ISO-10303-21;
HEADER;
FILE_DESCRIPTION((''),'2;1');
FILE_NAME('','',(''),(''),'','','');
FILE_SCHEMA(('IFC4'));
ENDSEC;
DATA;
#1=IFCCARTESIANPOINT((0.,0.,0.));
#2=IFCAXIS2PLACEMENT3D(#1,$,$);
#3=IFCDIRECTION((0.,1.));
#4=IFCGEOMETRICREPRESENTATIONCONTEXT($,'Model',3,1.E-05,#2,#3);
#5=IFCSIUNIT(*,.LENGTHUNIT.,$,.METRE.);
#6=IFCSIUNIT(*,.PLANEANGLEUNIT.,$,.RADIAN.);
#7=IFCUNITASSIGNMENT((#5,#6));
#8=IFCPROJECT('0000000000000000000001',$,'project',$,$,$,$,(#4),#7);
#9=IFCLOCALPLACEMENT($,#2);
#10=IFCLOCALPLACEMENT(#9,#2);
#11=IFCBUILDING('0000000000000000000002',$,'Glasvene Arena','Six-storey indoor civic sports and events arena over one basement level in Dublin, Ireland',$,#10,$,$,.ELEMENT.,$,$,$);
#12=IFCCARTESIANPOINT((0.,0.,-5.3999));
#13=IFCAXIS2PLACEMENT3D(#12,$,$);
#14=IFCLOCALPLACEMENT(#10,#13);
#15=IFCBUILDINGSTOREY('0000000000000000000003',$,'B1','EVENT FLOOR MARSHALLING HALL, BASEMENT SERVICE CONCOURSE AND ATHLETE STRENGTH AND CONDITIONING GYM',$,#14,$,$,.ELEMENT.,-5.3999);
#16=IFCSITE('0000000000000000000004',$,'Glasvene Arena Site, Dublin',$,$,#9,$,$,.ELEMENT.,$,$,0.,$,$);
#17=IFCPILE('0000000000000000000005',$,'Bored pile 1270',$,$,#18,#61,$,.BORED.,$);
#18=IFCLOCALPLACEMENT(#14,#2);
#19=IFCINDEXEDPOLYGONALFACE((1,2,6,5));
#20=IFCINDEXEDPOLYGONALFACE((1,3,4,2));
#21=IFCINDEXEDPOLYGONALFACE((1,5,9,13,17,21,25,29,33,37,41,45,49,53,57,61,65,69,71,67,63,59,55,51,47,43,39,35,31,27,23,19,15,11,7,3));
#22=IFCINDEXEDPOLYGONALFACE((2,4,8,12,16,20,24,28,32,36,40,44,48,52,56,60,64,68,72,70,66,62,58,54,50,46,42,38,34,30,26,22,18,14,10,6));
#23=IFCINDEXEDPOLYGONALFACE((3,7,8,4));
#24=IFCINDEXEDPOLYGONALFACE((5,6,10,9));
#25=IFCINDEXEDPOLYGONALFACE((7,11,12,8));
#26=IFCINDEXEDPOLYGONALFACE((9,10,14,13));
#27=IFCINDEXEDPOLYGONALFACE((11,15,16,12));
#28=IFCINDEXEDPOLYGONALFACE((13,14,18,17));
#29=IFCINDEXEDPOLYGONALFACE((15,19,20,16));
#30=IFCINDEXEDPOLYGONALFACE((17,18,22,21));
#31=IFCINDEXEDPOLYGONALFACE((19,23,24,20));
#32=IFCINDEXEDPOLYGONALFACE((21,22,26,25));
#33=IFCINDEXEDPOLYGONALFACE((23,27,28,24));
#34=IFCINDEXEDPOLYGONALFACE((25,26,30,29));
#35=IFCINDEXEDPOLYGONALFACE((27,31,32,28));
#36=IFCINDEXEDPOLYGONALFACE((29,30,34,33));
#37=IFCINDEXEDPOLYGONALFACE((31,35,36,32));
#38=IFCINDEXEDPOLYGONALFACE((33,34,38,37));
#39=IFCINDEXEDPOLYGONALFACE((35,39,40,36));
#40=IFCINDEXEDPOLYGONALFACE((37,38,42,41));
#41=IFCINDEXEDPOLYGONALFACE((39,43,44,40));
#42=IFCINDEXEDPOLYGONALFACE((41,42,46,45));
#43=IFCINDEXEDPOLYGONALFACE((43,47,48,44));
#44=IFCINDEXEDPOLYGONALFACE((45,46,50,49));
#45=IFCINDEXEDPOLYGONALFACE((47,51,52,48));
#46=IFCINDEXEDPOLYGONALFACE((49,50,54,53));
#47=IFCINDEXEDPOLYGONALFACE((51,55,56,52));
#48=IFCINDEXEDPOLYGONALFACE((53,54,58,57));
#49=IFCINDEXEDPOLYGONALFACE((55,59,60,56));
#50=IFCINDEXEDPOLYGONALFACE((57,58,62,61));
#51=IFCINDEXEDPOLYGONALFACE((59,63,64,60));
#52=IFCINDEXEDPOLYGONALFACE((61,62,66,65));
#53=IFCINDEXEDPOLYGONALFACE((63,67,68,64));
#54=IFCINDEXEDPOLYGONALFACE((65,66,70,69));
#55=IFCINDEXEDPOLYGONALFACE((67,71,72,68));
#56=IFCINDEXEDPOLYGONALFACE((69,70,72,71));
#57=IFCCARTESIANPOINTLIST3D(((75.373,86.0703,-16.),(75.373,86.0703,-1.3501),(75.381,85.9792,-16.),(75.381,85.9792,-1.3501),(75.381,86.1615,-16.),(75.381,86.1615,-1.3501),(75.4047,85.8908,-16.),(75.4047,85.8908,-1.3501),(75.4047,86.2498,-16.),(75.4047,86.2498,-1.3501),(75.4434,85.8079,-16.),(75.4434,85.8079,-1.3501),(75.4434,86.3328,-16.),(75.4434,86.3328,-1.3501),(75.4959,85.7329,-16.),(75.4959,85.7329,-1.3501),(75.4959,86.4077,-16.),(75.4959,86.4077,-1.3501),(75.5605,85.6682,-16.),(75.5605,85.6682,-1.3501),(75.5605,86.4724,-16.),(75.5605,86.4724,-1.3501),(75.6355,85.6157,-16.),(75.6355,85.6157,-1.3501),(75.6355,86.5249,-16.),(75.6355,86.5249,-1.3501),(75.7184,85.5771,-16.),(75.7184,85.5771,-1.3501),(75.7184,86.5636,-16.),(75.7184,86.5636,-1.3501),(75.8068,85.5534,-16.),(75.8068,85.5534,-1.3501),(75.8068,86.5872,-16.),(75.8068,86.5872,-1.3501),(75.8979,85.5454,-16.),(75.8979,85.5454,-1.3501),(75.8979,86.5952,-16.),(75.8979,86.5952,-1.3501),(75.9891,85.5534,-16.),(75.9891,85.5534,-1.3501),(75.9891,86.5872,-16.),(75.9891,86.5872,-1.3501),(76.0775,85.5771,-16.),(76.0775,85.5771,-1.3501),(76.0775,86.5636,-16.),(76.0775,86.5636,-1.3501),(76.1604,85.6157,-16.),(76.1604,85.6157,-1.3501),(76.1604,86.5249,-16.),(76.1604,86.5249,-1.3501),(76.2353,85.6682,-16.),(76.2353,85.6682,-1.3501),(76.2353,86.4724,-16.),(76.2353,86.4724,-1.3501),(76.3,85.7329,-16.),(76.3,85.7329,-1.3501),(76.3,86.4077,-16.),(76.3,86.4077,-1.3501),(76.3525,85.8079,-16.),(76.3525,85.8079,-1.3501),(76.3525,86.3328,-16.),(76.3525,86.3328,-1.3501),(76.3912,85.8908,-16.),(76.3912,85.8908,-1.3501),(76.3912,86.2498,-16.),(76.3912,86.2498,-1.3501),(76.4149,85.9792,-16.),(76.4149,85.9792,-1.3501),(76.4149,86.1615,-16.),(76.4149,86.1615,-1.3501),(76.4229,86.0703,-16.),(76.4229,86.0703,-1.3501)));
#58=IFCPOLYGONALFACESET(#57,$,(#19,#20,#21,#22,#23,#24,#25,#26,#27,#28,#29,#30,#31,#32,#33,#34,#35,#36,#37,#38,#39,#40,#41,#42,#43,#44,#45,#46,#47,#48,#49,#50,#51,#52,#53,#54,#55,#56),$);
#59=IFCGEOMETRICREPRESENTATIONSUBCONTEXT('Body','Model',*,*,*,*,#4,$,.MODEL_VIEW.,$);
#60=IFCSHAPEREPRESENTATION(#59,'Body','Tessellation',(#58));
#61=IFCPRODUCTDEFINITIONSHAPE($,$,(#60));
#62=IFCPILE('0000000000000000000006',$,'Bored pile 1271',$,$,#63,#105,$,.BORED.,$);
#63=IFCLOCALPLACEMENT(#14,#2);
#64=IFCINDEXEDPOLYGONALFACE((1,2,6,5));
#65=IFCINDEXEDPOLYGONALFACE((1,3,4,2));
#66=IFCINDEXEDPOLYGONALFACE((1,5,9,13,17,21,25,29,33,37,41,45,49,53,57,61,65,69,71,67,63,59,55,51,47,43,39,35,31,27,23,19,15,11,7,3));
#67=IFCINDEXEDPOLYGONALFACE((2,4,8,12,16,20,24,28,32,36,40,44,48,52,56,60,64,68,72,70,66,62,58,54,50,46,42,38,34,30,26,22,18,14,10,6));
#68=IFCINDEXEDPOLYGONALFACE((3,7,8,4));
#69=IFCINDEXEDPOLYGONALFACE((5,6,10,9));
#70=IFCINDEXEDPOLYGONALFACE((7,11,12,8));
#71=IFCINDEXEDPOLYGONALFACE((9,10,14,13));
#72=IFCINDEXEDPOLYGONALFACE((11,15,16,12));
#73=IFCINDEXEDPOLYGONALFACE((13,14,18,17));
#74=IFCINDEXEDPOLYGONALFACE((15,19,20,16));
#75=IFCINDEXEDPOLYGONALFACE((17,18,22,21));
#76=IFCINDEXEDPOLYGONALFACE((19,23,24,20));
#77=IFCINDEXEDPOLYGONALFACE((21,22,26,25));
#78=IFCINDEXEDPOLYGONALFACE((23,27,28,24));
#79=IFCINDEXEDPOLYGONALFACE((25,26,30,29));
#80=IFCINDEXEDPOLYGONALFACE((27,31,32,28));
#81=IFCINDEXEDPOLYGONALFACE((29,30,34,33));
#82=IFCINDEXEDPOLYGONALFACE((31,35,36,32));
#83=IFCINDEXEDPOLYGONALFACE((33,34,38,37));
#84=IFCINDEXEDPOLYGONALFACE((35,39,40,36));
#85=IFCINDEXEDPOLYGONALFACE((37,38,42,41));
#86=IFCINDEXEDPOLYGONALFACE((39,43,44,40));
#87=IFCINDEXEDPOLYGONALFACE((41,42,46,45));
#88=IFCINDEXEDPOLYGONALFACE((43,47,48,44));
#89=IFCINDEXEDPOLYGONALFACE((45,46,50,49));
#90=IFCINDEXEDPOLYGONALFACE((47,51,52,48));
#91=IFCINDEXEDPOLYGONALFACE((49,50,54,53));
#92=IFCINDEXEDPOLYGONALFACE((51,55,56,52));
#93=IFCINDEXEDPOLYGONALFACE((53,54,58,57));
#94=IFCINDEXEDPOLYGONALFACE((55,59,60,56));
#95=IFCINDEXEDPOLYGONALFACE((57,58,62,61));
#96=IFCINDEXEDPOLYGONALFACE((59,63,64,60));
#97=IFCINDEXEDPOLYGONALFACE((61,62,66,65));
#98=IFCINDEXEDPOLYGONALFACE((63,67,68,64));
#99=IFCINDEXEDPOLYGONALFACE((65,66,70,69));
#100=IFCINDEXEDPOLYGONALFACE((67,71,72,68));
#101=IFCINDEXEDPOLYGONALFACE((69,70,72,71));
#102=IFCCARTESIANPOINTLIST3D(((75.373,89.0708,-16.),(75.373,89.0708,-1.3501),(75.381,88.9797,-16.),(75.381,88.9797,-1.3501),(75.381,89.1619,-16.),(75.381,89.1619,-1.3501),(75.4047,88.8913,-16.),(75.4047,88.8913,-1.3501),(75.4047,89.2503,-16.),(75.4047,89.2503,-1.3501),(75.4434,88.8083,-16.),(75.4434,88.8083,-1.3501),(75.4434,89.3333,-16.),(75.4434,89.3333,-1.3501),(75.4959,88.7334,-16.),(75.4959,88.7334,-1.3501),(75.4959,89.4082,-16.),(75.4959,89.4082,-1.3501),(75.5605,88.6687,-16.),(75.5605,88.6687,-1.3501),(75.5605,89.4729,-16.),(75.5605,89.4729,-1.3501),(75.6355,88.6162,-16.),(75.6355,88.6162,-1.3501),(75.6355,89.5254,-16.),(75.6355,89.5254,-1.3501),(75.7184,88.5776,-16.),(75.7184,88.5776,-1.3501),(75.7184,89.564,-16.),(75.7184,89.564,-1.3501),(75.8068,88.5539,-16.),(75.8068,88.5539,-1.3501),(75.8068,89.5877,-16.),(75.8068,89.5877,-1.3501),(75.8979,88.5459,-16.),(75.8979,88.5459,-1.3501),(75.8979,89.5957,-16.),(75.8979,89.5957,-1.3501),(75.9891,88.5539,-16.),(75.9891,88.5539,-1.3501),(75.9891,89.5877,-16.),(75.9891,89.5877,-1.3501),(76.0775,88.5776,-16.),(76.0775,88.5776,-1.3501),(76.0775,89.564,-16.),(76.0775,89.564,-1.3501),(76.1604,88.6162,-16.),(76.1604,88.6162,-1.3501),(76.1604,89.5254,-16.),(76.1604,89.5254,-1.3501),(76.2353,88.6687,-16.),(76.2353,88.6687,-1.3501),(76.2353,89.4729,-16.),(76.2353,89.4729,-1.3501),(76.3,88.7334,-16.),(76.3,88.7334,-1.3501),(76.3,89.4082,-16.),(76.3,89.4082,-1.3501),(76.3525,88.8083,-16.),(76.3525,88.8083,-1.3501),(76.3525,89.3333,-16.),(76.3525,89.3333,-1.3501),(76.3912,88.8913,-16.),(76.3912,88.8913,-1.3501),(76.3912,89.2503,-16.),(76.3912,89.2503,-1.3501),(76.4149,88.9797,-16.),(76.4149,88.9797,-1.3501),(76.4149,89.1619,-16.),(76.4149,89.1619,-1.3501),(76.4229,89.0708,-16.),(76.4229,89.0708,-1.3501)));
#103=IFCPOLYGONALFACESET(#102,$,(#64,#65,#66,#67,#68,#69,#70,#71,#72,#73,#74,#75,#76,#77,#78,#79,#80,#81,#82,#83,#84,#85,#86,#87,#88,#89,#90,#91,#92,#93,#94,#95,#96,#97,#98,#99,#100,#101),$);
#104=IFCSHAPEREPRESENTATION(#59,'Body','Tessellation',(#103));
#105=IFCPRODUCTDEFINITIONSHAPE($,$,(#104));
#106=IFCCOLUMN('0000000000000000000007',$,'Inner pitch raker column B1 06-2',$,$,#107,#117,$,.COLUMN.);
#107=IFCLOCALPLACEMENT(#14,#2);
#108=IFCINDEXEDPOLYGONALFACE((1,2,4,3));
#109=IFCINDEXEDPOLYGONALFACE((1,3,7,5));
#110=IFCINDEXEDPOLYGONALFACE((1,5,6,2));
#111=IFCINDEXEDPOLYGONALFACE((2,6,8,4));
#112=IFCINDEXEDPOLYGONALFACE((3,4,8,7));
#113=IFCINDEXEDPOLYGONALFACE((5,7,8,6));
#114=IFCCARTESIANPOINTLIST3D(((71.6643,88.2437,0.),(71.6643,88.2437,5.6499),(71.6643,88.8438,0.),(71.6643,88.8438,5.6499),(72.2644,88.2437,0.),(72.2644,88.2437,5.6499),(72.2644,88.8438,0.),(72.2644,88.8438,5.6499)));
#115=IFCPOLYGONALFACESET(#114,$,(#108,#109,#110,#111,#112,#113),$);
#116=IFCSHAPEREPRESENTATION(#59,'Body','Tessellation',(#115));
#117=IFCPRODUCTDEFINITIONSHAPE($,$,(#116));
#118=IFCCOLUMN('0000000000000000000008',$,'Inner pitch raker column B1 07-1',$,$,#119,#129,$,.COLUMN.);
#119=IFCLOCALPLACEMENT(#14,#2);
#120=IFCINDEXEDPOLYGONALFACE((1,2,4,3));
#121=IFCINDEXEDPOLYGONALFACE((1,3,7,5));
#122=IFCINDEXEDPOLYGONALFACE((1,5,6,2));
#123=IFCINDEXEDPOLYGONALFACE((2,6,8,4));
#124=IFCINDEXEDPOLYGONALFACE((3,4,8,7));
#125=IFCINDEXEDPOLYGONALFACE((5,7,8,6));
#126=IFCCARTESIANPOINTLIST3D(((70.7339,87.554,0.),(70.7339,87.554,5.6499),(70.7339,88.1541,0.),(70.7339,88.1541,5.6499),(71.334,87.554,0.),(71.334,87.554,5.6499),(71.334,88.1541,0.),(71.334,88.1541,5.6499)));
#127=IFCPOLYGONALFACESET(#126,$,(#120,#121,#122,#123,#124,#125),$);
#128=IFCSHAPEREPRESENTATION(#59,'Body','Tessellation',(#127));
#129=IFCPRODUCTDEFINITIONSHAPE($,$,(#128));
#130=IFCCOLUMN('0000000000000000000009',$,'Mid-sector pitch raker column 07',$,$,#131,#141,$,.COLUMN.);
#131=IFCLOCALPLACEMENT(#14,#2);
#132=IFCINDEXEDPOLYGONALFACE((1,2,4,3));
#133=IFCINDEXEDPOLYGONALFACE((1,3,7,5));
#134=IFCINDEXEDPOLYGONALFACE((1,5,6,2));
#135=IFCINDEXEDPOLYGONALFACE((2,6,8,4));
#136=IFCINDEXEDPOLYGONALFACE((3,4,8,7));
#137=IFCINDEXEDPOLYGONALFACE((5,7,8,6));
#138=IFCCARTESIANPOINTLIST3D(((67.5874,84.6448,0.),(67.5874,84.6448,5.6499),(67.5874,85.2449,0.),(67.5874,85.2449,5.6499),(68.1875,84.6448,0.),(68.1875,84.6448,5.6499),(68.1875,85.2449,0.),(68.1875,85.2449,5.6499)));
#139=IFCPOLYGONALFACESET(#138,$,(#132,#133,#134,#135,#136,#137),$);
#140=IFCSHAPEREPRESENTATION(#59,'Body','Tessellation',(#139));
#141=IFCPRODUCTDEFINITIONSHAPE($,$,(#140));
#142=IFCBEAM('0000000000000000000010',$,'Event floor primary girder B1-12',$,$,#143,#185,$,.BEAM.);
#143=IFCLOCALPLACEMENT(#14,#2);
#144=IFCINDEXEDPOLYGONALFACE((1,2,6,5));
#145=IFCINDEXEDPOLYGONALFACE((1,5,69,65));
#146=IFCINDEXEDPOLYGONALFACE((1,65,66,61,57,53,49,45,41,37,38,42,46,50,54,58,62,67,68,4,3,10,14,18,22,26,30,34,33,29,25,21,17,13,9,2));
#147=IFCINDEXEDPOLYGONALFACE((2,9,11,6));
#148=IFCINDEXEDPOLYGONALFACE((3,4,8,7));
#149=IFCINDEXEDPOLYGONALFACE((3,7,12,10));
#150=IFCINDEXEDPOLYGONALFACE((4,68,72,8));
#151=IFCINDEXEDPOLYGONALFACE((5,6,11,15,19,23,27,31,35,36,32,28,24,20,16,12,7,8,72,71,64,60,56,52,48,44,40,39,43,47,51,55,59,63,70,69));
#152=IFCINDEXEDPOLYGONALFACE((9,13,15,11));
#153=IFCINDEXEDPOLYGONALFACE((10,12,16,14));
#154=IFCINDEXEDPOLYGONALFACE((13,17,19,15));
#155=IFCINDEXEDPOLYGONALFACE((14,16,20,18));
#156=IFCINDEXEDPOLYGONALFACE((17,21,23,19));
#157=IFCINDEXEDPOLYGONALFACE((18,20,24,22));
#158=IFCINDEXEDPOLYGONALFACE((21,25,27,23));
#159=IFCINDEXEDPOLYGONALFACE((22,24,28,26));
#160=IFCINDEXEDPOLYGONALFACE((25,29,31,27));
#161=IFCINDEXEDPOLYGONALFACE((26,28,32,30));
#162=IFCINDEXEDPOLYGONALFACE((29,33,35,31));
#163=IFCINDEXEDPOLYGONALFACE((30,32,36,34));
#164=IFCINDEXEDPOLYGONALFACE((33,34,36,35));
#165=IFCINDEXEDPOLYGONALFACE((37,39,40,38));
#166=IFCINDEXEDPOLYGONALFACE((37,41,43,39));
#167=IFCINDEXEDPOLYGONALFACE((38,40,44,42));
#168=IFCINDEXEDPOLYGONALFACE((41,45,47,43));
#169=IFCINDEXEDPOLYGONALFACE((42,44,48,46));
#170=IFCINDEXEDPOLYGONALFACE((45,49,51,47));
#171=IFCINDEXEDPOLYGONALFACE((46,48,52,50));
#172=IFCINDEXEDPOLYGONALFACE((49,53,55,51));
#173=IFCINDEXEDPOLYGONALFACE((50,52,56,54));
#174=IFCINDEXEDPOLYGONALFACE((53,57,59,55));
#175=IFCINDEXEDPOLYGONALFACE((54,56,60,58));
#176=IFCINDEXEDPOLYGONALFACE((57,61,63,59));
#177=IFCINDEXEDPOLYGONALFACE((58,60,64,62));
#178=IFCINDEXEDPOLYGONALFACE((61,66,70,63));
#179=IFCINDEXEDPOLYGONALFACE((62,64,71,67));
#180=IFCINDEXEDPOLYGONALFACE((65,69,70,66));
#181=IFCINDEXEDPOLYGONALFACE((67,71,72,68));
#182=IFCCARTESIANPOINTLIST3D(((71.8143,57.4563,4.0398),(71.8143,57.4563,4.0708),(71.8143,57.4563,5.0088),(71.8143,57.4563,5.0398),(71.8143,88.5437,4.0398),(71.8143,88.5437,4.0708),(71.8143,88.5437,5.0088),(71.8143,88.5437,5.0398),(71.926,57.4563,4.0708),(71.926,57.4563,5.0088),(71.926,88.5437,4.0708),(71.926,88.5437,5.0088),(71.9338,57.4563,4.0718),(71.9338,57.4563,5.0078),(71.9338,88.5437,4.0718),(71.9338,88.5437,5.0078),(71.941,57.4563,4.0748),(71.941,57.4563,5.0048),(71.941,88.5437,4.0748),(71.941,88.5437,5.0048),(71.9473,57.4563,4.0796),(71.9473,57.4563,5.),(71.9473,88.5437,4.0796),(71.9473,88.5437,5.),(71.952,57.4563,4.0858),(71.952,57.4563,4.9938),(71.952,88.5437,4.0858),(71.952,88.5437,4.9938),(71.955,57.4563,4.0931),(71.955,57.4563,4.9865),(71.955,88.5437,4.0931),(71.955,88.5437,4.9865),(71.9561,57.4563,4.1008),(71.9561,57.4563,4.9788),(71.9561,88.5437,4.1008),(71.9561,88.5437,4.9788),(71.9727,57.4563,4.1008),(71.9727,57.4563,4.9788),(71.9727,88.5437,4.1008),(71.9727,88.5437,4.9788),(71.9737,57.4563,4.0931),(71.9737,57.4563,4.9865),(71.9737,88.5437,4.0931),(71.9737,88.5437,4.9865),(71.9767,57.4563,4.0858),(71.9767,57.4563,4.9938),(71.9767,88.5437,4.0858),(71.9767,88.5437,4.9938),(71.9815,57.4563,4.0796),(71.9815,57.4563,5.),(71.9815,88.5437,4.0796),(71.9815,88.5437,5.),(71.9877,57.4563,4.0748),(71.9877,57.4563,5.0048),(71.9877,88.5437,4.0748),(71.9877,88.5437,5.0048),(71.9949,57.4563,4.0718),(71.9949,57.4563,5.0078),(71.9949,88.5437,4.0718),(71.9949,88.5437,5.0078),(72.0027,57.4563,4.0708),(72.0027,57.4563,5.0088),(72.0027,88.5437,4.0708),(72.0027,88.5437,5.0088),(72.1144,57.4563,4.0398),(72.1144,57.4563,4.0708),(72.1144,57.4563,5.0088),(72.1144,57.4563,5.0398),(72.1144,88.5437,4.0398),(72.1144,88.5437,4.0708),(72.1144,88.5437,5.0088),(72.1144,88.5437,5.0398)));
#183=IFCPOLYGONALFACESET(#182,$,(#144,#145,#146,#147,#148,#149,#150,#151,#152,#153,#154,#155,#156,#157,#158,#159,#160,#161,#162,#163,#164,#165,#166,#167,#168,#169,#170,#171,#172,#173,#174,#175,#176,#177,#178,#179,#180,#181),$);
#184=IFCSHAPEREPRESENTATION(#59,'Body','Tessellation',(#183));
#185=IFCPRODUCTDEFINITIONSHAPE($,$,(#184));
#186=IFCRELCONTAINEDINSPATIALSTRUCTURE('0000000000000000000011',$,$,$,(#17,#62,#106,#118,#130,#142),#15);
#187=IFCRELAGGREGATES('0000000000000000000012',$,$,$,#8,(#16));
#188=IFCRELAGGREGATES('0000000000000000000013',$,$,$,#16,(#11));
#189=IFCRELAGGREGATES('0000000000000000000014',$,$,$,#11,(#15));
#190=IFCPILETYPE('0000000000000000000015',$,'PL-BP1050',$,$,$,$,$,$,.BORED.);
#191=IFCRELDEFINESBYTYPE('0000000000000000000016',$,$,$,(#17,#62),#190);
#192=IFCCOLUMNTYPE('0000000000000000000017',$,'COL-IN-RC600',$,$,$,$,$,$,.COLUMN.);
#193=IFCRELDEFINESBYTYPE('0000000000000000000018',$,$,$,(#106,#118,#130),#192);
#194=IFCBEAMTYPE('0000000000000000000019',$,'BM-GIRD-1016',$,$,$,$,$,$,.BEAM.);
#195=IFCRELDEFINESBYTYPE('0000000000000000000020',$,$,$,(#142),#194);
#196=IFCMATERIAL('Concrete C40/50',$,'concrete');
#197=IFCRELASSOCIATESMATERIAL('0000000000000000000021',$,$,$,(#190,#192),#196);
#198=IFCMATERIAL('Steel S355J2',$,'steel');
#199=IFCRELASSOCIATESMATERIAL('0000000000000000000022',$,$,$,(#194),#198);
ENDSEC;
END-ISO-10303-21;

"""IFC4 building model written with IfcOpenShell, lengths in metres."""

from ifc_helpers import new_model, si_unit, direction, frame, origin, origin_2d, place, context, subcontext, project, spatial, rectangle, circle, i_section, extrude, material, material_profile, profile_set, type_object, element, save


model = new_model("IFC4")

# Units and contexts
model_context = context("Model", 3, precision=1e-05, world=origin(), true_north=direction((0.0, 1.0)))
body_context = subcontext(model_context, "Body", "Model", "MODEL_VIEW")
ifc_project = project(units=[si_unit("LENGTHUNIT", "METRE"), si_unit("PLANEANGLEUNIT", "RADIAN")], contexts=[model_context])

# Site, building, storey
site_placement = place(None, origin())
site = spatial("IfcSite", under=ifc_project, at=site_placement, Name="Glasvene Arena Site, Dublin", CompositionType="ELEMENT", RefElevation=0.0)
building_placement = place(site_placement, origin())
building = spatial("IfcBuilding", under=site, at=building_placement, Name="Glasvene Arena", Description="Six-storey indoor civic sports and events arena over one basement level in Dublin, Ireland", CompositionType="ELEMENT")
storey_placement = place(building_placement, frame((0.0, 0.0, -5.3999)))
storey = spatial("IfcBuildingStorey", under=building, at=storey_placement, Name="B1", Description="EVENT FLOOR MARSHALLING HALL, BASEMENT SERVICE CONCOURSE AND ATHLETE STRENGTH AND CONDITIONING GYM", CompositionType="ELEMENT", Elevation=-5.3999)

# Piles
ifc_material_1 = material(Name="Concrete C40/50", Category="concrete")
ifc_material_profile_1 = material_profile(ifc_material_1, circle(Radius=0.5249, at=origin_2d()), Name="BORED PILE 1050")
ifc_profile_set_1 = profile_set([ifc_material_profile_1], Name="Concrete C40/50")
pile_type = type_object("IfcPileType", Name="PL-BP1050", PredefinedType="BORED", material=ifc_profile_set_1)
for number, where, z_axis, x_axis, name in (
    (1, (75.8979, 86.0703, -1.3501), (0.0, 0.0, -1.0), (1.0, 0.0, 0.0), "Bored pile 1270"),
    (2, (75.8979, 89.0708, -1.3501), (0.0, 0.0, -1.0), (1.0, 0.0, 0.0), "Bored pile 1271"),
):
    element("IfcPile", number, at=place(storey_placement, frame(where, z_axis=z_axis, x_axis=x_axis)), inside=storey, type_object=pile_type, Name=name, PredefinedType="BORED", context=body_context, shape_type="SweptSolid", body=[
        extrude(circle(Radius=0.5249, at=origin_2d()), origin(), (0.0, 0.0, 1.0), 14.6499),
    ])

# Columns
ifc_material_profile_2 = material_profile(ifc_material_1, rectangle(XDim=0.6001, YDim=0.6001, at=origin_2d()), Name="RC 600x600")
ifc_profile_set_2 = profile_set([ifc_material_profile_2], Name="Concrete C40/50")
column_type = type_object("IfcColumnType", Name="COL-IN-RC600", PredefinedType="COLUMN", material=ifc_profile_set_2)
for number, where, z_axis, x_axis, name in (
    (3, (71.9644, 88.5437, 0.0), (0.0, 0.0, 1.0), (1.0, 0.0, 0.0), "Inner pitch raker column B1 06-2"),
    (4, (71.0339, 87.854, 0.0), (0.0, 0.0, 1.0), (1.0, 0.0, 0.0), "Inner pitch raker column B1 07-1"),
    (5, (67.8875, 84.9448, 0.0), (0.0, 0.0, 1.0), (1.0, 0.0, 0.0), "Mid-sector pitch raker column 07"),
):
    element("IfcColumn", number, at=place(storey_placement, frame(where, z_axis=z_axis, x_axis=x_axis)), inside=storey, type_object=column_type, Name=name, PredefinedType="COLUMN", context=body_context, shape_type="SweptSolid", body=[
        extrude(rectangle(XDim=0.6001, YDim=0.6001, at=origin_2d()), origin(), (0.0, 0.0, 1.0), 5.6499),
    ])

# Beam
ifc_material_2 = material(Name="Steel S355J2", Category="steel")
ifc_material_profile_3 = material_profile(ifc_material_2, i_section(OverallWidth=0.3, OverallDepth=1.0, WebThickness=0.0166, FlangeThickness=0.031, FilletRadius=0.03, at=origin_2d()), Name="UKB 1016x305x272")
ifc_profile_set_3 = profile_set([ifc_material_profile_3], Name="Steel S355J2")
beam_type_1 = type_object("IfcBeamType", Name="BM-GIRD-1016", PredefinedType="BEAM", material=ifc_profile_set_3)
beam_1_placement = place(storey_placement, frame((71.9644, 88.5437, 4.5398), z_axis=(0.0, -1.0, 0.0), x_axis=(1.0, 0.0, 0.0)))
element("IfcBeam", 6, at=beam_1_placement, inside=storey, type_object=beam_type_1, Name="Event floor primary girder B1-12", PredefinedType="BEAM", context=body_context, shape_type="SweptSolid", body=[
    extrude(i_section(OverallWidth=0.3, OverallDepth=1.0, WebThickness=0.0166, FlangeThickness=0.031, FilletRadius=0.03, at=origin_2d()), origin(), (0.0, 0.0, 1.0), 31.0874),
])

save(model, "model.ifc")
